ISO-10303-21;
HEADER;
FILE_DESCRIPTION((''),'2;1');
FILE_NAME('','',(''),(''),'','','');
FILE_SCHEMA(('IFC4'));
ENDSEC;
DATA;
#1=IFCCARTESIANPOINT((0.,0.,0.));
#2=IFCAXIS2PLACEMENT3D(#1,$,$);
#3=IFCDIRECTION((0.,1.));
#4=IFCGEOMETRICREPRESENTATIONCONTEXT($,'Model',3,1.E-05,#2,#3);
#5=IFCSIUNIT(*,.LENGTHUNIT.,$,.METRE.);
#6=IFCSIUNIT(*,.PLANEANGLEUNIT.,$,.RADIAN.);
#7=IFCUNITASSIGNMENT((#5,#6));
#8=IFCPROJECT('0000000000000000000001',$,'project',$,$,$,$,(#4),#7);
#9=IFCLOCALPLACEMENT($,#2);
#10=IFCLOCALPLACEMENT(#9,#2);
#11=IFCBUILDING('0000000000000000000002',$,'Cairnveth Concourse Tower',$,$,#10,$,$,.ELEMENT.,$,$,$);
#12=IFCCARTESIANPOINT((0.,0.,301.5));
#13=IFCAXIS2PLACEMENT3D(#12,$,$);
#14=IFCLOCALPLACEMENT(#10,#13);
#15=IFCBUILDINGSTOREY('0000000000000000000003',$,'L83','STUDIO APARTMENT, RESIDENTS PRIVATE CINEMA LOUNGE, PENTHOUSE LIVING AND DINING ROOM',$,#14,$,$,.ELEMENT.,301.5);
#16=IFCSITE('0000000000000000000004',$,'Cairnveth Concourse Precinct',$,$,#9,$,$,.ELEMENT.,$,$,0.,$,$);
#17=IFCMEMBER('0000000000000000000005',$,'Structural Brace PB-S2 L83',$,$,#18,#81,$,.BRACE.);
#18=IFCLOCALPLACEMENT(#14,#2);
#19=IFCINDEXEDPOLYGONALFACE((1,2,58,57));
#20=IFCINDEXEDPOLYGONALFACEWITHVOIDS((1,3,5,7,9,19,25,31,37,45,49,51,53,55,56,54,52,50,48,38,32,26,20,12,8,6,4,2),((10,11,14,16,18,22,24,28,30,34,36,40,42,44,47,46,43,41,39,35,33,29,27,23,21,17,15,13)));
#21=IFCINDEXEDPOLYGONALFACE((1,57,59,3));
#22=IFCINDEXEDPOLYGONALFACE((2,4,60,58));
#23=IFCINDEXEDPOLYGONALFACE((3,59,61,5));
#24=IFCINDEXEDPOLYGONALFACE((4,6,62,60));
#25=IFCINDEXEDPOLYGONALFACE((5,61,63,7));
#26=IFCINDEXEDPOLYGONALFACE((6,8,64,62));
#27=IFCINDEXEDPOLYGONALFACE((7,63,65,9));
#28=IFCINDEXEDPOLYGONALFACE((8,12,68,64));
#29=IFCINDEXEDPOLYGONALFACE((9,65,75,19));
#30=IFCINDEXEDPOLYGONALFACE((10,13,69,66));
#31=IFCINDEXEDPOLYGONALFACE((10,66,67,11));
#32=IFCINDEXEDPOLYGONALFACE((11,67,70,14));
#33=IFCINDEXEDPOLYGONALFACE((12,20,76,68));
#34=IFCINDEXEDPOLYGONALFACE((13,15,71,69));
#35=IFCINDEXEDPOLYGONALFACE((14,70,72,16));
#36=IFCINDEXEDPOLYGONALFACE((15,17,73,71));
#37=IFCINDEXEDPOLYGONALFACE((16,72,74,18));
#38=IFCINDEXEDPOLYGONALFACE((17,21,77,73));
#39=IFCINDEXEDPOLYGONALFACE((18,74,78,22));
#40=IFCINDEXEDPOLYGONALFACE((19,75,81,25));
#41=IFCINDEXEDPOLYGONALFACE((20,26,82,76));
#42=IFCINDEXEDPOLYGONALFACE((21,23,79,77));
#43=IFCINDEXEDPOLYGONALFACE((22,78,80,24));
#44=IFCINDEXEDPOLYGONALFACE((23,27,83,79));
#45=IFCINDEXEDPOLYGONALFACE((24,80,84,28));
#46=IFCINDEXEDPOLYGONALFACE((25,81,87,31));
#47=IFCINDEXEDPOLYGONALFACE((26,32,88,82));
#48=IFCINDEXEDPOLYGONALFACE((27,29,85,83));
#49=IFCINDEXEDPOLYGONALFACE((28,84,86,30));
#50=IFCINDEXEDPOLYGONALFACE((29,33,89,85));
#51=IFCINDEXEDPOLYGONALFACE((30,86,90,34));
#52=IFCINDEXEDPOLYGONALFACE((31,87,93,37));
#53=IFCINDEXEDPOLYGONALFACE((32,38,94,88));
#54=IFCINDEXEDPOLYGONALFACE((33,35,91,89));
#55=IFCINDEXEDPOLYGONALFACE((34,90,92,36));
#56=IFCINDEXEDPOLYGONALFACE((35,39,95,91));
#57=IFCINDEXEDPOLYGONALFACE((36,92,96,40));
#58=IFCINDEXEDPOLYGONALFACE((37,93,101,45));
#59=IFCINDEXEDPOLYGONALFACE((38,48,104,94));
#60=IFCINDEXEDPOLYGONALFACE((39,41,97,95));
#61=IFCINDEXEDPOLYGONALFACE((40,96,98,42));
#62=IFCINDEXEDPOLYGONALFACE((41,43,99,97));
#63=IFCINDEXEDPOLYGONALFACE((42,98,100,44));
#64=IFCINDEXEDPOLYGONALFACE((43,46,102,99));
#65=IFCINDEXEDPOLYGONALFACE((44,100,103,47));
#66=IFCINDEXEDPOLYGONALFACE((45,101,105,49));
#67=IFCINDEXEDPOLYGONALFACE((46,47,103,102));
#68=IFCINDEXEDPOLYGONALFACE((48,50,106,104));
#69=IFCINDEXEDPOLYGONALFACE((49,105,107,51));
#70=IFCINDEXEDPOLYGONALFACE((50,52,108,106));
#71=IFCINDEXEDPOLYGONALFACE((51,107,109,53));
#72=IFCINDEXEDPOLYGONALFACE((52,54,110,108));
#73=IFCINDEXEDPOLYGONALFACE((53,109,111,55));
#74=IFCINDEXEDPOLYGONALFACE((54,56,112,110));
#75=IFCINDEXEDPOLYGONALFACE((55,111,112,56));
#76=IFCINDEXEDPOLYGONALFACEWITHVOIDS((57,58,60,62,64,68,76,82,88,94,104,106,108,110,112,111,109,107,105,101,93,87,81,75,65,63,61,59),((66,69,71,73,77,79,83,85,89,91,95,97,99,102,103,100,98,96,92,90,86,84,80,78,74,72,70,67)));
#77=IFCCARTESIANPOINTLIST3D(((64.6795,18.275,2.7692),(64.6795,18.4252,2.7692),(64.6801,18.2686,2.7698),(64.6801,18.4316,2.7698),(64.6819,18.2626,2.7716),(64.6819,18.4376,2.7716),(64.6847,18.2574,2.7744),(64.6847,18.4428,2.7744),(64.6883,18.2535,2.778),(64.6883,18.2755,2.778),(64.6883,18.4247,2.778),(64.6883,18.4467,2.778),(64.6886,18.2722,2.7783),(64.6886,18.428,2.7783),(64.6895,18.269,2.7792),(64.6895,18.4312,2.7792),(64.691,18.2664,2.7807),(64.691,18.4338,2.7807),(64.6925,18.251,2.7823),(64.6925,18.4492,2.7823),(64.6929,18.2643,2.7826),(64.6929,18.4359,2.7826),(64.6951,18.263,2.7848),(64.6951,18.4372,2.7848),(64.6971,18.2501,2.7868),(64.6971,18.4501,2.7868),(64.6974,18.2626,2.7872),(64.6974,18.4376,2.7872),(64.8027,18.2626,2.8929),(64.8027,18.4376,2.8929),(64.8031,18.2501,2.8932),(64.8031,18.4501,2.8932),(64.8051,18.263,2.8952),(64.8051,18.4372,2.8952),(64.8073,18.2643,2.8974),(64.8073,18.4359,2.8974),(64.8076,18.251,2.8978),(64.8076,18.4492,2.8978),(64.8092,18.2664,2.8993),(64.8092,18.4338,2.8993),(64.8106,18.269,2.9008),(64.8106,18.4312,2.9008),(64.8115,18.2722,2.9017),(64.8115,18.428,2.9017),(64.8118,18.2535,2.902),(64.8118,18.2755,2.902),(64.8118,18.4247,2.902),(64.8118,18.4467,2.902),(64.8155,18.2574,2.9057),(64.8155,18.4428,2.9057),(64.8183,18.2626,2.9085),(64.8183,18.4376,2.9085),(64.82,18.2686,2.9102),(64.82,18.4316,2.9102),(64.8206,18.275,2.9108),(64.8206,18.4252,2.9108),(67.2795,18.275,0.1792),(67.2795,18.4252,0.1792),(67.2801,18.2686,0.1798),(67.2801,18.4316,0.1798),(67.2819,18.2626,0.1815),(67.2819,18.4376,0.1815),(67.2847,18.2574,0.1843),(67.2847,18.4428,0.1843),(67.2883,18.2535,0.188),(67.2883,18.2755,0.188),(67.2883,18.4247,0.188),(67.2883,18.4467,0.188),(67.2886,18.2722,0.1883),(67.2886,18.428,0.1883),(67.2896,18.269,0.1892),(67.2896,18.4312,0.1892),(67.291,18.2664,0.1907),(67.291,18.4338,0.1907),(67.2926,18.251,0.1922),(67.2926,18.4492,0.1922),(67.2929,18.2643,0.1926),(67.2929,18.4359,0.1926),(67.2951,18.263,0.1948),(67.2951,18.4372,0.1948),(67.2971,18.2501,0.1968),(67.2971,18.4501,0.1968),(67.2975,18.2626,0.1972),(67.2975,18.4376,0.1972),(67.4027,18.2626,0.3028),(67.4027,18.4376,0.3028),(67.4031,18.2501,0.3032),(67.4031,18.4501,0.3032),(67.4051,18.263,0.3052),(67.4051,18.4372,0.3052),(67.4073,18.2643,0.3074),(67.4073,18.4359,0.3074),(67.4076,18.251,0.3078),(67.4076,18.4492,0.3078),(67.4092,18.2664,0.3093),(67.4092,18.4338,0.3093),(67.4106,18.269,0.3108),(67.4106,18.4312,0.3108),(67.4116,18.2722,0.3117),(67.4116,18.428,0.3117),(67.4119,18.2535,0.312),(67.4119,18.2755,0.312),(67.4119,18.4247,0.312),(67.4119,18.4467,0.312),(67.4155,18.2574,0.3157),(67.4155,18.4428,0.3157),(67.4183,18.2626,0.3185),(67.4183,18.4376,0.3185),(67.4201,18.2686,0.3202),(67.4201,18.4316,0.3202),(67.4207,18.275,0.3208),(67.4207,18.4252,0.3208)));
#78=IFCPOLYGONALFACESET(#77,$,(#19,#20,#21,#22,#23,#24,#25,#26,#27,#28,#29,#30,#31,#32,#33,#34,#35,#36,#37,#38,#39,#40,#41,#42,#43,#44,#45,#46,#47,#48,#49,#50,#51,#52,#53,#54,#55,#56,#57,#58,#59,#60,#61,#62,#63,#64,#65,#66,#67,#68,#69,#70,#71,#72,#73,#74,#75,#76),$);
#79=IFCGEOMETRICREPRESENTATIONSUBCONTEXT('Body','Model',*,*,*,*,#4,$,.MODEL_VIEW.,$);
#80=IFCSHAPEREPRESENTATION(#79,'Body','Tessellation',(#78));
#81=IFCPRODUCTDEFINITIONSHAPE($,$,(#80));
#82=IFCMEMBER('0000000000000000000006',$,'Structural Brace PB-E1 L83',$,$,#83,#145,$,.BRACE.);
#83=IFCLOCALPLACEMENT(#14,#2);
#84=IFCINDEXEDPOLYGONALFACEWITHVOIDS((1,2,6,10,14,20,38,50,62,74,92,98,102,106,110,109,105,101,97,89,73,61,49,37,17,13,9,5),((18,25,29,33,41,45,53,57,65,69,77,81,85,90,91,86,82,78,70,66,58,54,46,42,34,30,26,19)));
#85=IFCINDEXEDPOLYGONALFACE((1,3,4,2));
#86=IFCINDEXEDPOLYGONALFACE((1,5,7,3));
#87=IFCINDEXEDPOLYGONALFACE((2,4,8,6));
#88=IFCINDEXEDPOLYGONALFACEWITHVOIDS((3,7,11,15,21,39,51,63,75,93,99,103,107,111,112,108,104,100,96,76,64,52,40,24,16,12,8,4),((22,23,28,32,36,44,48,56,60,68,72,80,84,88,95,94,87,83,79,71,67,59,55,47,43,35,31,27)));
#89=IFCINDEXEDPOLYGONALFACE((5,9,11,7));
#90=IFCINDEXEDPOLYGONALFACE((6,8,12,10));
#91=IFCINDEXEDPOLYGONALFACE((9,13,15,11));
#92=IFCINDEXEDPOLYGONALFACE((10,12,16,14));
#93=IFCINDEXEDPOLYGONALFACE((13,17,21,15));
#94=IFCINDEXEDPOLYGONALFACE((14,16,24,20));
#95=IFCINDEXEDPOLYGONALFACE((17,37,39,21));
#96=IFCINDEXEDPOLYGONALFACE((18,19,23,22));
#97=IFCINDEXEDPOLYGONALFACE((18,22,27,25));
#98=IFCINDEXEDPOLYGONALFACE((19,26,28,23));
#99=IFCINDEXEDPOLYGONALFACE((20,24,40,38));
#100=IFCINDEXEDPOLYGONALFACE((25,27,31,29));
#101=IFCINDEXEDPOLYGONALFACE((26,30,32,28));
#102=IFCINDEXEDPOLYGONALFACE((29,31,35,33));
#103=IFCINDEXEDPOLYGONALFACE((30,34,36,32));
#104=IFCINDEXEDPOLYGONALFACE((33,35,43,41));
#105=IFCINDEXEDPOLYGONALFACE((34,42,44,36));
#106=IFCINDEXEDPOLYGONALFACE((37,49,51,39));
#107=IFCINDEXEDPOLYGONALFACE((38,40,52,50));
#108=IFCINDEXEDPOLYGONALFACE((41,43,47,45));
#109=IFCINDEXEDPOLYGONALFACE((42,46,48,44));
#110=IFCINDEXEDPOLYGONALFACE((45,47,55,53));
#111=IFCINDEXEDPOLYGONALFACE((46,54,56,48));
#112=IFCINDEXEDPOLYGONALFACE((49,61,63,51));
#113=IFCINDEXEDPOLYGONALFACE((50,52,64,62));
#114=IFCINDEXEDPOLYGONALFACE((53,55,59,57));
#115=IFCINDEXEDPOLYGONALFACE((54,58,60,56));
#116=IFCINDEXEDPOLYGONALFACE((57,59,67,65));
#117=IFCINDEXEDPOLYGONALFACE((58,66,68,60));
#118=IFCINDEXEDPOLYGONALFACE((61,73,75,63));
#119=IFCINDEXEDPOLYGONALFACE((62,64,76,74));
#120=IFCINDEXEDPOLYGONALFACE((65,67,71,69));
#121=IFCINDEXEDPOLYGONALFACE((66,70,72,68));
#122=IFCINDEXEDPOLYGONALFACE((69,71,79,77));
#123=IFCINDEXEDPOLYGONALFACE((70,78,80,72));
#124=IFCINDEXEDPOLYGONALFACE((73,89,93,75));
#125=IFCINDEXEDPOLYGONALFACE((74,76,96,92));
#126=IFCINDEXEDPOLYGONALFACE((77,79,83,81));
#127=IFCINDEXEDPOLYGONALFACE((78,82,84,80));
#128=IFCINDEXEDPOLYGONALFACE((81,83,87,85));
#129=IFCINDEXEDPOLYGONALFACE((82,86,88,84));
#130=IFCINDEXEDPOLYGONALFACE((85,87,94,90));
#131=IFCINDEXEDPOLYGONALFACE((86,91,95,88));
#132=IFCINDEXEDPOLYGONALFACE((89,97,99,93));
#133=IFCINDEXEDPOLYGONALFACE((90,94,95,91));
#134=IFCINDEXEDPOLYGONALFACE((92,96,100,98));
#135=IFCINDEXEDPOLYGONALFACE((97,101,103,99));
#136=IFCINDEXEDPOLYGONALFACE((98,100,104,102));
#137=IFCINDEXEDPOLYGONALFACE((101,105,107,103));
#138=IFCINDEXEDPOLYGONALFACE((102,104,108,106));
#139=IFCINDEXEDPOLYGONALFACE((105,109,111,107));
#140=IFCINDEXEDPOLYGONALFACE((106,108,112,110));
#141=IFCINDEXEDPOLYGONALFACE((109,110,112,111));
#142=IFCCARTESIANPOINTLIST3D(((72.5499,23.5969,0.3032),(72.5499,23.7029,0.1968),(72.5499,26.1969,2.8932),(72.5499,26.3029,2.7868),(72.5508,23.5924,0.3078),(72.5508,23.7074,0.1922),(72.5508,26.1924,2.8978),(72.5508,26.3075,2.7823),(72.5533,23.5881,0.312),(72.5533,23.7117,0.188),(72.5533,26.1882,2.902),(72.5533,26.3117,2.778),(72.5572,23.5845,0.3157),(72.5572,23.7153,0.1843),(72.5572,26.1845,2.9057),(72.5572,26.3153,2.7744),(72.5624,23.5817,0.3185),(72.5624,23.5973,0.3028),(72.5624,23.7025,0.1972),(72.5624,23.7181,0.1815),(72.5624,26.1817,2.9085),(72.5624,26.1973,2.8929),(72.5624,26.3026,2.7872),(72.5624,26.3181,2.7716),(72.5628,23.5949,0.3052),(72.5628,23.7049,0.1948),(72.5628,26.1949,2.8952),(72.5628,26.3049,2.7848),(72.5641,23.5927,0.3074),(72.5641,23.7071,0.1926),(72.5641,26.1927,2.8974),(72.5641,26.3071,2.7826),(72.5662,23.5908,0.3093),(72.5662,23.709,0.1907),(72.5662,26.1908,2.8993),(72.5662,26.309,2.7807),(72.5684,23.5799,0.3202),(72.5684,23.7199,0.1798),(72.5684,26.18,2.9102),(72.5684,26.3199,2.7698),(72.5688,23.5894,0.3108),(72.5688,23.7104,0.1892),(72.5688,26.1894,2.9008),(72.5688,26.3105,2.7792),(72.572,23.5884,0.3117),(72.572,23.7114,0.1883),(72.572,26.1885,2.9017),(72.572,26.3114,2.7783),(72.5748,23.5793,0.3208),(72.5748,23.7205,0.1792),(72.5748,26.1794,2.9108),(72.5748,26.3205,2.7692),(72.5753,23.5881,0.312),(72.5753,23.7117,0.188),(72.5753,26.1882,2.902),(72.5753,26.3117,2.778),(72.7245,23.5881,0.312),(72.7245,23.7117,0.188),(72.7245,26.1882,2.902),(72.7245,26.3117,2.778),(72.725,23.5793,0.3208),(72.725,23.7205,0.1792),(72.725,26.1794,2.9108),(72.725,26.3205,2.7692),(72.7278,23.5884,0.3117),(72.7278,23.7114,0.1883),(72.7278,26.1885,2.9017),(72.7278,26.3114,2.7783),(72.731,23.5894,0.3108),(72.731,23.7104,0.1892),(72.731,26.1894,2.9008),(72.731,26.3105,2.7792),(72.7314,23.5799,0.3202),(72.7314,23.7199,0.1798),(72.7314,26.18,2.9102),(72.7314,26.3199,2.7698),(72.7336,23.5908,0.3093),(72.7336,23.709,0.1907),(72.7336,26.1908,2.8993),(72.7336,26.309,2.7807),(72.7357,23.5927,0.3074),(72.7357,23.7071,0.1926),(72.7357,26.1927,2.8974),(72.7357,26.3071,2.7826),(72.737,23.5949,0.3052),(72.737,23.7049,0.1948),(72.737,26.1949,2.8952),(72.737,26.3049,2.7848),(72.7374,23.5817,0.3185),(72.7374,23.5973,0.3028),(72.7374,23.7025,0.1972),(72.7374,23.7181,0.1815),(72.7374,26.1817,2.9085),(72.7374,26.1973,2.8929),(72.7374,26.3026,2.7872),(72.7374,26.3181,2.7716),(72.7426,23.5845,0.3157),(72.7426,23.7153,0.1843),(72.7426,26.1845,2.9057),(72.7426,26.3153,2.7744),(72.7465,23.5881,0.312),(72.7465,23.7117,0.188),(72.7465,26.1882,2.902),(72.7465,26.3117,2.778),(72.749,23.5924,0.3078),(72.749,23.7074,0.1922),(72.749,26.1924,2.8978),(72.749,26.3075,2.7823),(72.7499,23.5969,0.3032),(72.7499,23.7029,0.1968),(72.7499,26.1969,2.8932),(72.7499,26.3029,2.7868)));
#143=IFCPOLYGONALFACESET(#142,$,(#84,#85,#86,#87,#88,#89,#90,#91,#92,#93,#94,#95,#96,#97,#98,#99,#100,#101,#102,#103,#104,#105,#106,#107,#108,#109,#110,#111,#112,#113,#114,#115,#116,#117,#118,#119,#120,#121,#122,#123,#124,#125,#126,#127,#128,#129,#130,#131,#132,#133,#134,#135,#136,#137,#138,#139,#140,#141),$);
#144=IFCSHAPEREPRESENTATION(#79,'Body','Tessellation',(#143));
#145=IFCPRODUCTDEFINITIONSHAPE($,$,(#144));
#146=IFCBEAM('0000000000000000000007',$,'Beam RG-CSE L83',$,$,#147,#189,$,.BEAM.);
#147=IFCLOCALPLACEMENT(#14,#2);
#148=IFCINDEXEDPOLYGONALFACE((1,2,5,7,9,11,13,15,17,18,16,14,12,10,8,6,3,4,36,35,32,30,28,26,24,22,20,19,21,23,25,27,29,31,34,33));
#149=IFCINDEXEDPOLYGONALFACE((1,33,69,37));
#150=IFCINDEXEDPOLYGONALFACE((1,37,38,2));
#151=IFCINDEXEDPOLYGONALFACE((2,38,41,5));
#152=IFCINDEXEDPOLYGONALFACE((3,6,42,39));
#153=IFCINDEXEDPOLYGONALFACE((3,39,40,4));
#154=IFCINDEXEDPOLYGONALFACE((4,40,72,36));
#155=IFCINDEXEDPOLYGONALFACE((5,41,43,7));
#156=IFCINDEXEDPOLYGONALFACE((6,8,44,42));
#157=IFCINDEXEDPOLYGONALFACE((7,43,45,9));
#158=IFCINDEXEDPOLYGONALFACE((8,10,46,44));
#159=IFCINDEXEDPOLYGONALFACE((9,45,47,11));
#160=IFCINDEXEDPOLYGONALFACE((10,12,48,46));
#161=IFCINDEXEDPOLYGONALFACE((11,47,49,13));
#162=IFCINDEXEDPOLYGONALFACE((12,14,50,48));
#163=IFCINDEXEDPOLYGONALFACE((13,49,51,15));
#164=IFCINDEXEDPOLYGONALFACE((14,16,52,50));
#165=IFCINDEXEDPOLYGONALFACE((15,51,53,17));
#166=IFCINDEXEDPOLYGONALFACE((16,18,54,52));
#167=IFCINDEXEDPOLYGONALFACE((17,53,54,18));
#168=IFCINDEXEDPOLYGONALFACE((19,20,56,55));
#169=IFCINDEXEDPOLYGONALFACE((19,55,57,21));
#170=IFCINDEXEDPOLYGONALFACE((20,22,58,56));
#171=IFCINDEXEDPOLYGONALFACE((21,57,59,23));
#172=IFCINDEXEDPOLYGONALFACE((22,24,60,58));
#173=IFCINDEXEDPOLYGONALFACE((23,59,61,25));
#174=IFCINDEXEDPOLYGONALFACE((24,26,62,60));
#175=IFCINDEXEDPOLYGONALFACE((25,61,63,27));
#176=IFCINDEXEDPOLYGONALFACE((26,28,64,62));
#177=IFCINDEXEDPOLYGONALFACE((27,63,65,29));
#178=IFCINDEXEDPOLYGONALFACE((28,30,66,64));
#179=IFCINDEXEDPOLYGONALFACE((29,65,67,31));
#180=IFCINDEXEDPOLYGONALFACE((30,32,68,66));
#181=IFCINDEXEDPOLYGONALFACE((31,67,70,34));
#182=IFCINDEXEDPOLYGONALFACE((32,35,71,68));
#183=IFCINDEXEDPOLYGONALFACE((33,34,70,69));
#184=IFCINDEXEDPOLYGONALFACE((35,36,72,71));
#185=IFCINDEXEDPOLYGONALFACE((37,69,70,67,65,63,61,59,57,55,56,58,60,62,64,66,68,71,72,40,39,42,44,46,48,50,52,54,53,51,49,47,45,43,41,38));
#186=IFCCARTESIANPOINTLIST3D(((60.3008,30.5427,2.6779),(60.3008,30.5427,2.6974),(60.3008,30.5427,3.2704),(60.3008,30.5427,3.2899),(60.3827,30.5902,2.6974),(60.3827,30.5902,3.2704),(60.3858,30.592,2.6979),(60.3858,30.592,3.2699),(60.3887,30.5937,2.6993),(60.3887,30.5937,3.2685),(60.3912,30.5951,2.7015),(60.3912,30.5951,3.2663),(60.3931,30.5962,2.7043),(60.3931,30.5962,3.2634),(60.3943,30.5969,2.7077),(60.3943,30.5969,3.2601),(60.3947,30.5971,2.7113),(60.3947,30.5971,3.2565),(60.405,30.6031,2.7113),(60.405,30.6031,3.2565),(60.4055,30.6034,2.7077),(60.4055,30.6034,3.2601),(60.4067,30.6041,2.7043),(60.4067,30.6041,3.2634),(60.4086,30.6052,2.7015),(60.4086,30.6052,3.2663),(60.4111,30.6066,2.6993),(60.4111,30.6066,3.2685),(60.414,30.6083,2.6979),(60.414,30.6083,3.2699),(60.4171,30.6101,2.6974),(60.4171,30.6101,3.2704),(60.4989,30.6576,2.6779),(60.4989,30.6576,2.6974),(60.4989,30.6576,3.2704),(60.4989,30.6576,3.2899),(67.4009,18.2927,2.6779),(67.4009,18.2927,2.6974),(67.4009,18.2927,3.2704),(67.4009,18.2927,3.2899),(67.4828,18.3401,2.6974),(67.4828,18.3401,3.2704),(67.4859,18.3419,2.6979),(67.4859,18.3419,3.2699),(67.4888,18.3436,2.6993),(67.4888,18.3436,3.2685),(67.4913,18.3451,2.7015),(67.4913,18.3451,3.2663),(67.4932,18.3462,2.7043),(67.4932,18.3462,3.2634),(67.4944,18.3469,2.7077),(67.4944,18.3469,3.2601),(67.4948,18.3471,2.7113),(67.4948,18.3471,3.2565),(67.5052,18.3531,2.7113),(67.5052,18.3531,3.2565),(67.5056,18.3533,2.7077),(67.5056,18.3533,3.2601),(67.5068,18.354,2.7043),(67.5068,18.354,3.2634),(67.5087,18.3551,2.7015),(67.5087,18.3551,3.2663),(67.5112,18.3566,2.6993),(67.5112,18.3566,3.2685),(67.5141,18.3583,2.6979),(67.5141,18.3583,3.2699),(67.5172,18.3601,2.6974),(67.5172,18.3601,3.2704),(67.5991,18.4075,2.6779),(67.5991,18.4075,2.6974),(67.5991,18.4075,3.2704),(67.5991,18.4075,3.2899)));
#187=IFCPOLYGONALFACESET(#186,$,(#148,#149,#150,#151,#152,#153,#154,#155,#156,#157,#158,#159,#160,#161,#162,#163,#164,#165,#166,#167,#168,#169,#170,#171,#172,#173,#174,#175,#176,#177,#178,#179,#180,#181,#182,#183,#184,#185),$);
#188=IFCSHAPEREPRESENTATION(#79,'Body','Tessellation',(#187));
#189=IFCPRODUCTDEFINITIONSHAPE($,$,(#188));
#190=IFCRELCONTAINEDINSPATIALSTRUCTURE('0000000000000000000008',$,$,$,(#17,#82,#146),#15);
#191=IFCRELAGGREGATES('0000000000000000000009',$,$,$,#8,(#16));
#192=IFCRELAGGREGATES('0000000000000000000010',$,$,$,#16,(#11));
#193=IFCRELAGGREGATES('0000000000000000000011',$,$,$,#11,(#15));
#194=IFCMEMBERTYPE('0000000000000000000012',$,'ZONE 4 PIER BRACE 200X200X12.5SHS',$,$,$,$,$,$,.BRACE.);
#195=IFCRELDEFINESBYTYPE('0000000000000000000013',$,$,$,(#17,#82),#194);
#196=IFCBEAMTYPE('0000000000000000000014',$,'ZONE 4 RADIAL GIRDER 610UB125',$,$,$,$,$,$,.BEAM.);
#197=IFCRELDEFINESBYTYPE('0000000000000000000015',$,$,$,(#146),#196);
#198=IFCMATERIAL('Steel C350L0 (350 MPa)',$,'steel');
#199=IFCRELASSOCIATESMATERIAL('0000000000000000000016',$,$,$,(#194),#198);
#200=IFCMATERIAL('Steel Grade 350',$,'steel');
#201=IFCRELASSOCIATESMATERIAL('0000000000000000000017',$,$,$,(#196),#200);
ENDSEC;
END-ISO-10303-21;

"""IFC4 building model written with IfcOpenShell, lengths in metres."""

from ifc_helpers import new_model, si_unit, direction, frame, origin, origin_2d, place, context, subcontext, project, spatial, hollow_rectangle, i_section, extrude, material, material_profile, profile_set, type_object, element, save


model = new_model("IFC4")

# Units and contexts
model_context = context("Model", 3, precision=1e-05, world=origin(), true_north=direction((0.0, 1.0)))
body_context = subcontext(model_context, "Body", "Model", "MODEL_VIEW")
ifc_project = project(units=[si_unit("LENGTHUNIT", "METRE"), si_unit("PLANEANGLEUNIT", "RADIAN")], contexts=[model_context])

# Site, building, storey
site_placement = place(None, origin())
site = spatial("IfcSite", under=ifc_project, at=site_placement, Name="Cairnveth Concourse Precinct", CompositionType="ELEMENT", RefElevation=0.0)
building_placement = place(site_placement, origin())
building = spatial("IfcBuilding", under=site, at=building_placement, Name="Cairnveth Concourse Tower", CompositionType="ELEMENT")
storey_placement = place(building_placement, frame((0.0, 0.0, 301.5)))
storey = spatial("IfcBuildingStorey", under=building, at=storey_placement, Name="L83", Description="STUDIO APARTMENT, RESIDENTS PRIVATE CINEMA LOUNGE, PENTHOUSE LIVING AND DINING ROOM", CompositionType="ELEMENT", Elevation=301.5)

# Shared definitions
ifc_material_1 = material(Name="Steel Grade 350", Category="steel")

# Members
ifc_material_2 = material(Name="Steel C350L0 (350 MPa)", Category="steel")
ifc_material_profile_1 = material_profile(ifc_material_2, hollow_rectangle(XDim=0.2, YDim=0.2, WallThickness=0.0125, InnerFilletRadius=0.0129, OuterFilletRadius=0.0249, at=origin_2d()), Name="200x200x12.5SHS")
ifc_profile_set_1 = profile_set([ifc_material_profile_1], Name="Steel C350L0 (350 MPa)")
member_type = type_object("IfcMemberType", Name="ZONE 4 PIER BRACE 200X200X12.5SHS", PredefinedType="BRACE", material=ifc_profile_set_1)
for number, where, z_axis, x_axis, name in (
    (1, (67.3501, 18.3501, 0.25), (-0.708469, 0.0, 0.705742), (0.0, -1.0, 0.0), "Structural Brace PB-S2 L83"),
    (2, (72.6499, 23.6499, 0.25), (0.0, 0.708469, 0.705742), (-1.0, 0.0, 0.0), "Structural Brace PB-E1 L83"),
):
    element("IfcMember", number, at=place(storey_placement, frame(where, z_axis=z_axis, x_axis=x_axis)), inside=storey, type_object=member_type, Name=name, PredefinedType="BRACE", context=body_context, shape_type="SweptSolid", body=[
        extrude(hollow_rectangle(XDim=0.2, YDim=0.2, WallThickness=0.0125, InnerFilletRadius=0.0129, OuterFilletRadius=0.0249, at=origin_2d()), origin(), (0.0, 0.0, 1.0), 3.6699),
    ])

# Beam
ifc_material_profile_2 = material_profile(ifc_material_1, i_section(OverallWidth=0.229, OverallDepth=0.6121, WebThickness=0.012, FlangeThickness=0.0195, FilletRadius=0.0139, at=origin_2d()), Name="610UB125")
ifc_profile_set_2 = profile_set([ifc_material_profile_2], Name="Steel Grade 350")
beam_type_1 = type_object("IfcBeamType", Name="ZONE 4 RADIAL GIRDER 610UB125", PredefinedType="BEAM", material=ifc_profile_set_2)
beam_1_placement = place(storey_placement, frame((67.5, 18.3501, 2.9839), z_axis=(-0.501459, 0.865181, 0.0), x_axis=(-0.865181, -0.501459, 0.0)))
element("IfcBeam", 3, at=beam_1_placement, inside=storey, type_object=beam_type_1, Name="Beam RG-CSE L83", PredefinedType="BEAM", context=body_context, shape_type="SweptSolid", body=[
    extrude(i_section(OverallWidth=0.229, OverallDepth=0.6121, WebThickness=0.012, FlangeThickness=0.0195, FilletRadius=0.0139, at=origin_2d()), origin(), (0.0, 0.0, 1.0), 14.1589),
])

save(model, "model.ifc")
